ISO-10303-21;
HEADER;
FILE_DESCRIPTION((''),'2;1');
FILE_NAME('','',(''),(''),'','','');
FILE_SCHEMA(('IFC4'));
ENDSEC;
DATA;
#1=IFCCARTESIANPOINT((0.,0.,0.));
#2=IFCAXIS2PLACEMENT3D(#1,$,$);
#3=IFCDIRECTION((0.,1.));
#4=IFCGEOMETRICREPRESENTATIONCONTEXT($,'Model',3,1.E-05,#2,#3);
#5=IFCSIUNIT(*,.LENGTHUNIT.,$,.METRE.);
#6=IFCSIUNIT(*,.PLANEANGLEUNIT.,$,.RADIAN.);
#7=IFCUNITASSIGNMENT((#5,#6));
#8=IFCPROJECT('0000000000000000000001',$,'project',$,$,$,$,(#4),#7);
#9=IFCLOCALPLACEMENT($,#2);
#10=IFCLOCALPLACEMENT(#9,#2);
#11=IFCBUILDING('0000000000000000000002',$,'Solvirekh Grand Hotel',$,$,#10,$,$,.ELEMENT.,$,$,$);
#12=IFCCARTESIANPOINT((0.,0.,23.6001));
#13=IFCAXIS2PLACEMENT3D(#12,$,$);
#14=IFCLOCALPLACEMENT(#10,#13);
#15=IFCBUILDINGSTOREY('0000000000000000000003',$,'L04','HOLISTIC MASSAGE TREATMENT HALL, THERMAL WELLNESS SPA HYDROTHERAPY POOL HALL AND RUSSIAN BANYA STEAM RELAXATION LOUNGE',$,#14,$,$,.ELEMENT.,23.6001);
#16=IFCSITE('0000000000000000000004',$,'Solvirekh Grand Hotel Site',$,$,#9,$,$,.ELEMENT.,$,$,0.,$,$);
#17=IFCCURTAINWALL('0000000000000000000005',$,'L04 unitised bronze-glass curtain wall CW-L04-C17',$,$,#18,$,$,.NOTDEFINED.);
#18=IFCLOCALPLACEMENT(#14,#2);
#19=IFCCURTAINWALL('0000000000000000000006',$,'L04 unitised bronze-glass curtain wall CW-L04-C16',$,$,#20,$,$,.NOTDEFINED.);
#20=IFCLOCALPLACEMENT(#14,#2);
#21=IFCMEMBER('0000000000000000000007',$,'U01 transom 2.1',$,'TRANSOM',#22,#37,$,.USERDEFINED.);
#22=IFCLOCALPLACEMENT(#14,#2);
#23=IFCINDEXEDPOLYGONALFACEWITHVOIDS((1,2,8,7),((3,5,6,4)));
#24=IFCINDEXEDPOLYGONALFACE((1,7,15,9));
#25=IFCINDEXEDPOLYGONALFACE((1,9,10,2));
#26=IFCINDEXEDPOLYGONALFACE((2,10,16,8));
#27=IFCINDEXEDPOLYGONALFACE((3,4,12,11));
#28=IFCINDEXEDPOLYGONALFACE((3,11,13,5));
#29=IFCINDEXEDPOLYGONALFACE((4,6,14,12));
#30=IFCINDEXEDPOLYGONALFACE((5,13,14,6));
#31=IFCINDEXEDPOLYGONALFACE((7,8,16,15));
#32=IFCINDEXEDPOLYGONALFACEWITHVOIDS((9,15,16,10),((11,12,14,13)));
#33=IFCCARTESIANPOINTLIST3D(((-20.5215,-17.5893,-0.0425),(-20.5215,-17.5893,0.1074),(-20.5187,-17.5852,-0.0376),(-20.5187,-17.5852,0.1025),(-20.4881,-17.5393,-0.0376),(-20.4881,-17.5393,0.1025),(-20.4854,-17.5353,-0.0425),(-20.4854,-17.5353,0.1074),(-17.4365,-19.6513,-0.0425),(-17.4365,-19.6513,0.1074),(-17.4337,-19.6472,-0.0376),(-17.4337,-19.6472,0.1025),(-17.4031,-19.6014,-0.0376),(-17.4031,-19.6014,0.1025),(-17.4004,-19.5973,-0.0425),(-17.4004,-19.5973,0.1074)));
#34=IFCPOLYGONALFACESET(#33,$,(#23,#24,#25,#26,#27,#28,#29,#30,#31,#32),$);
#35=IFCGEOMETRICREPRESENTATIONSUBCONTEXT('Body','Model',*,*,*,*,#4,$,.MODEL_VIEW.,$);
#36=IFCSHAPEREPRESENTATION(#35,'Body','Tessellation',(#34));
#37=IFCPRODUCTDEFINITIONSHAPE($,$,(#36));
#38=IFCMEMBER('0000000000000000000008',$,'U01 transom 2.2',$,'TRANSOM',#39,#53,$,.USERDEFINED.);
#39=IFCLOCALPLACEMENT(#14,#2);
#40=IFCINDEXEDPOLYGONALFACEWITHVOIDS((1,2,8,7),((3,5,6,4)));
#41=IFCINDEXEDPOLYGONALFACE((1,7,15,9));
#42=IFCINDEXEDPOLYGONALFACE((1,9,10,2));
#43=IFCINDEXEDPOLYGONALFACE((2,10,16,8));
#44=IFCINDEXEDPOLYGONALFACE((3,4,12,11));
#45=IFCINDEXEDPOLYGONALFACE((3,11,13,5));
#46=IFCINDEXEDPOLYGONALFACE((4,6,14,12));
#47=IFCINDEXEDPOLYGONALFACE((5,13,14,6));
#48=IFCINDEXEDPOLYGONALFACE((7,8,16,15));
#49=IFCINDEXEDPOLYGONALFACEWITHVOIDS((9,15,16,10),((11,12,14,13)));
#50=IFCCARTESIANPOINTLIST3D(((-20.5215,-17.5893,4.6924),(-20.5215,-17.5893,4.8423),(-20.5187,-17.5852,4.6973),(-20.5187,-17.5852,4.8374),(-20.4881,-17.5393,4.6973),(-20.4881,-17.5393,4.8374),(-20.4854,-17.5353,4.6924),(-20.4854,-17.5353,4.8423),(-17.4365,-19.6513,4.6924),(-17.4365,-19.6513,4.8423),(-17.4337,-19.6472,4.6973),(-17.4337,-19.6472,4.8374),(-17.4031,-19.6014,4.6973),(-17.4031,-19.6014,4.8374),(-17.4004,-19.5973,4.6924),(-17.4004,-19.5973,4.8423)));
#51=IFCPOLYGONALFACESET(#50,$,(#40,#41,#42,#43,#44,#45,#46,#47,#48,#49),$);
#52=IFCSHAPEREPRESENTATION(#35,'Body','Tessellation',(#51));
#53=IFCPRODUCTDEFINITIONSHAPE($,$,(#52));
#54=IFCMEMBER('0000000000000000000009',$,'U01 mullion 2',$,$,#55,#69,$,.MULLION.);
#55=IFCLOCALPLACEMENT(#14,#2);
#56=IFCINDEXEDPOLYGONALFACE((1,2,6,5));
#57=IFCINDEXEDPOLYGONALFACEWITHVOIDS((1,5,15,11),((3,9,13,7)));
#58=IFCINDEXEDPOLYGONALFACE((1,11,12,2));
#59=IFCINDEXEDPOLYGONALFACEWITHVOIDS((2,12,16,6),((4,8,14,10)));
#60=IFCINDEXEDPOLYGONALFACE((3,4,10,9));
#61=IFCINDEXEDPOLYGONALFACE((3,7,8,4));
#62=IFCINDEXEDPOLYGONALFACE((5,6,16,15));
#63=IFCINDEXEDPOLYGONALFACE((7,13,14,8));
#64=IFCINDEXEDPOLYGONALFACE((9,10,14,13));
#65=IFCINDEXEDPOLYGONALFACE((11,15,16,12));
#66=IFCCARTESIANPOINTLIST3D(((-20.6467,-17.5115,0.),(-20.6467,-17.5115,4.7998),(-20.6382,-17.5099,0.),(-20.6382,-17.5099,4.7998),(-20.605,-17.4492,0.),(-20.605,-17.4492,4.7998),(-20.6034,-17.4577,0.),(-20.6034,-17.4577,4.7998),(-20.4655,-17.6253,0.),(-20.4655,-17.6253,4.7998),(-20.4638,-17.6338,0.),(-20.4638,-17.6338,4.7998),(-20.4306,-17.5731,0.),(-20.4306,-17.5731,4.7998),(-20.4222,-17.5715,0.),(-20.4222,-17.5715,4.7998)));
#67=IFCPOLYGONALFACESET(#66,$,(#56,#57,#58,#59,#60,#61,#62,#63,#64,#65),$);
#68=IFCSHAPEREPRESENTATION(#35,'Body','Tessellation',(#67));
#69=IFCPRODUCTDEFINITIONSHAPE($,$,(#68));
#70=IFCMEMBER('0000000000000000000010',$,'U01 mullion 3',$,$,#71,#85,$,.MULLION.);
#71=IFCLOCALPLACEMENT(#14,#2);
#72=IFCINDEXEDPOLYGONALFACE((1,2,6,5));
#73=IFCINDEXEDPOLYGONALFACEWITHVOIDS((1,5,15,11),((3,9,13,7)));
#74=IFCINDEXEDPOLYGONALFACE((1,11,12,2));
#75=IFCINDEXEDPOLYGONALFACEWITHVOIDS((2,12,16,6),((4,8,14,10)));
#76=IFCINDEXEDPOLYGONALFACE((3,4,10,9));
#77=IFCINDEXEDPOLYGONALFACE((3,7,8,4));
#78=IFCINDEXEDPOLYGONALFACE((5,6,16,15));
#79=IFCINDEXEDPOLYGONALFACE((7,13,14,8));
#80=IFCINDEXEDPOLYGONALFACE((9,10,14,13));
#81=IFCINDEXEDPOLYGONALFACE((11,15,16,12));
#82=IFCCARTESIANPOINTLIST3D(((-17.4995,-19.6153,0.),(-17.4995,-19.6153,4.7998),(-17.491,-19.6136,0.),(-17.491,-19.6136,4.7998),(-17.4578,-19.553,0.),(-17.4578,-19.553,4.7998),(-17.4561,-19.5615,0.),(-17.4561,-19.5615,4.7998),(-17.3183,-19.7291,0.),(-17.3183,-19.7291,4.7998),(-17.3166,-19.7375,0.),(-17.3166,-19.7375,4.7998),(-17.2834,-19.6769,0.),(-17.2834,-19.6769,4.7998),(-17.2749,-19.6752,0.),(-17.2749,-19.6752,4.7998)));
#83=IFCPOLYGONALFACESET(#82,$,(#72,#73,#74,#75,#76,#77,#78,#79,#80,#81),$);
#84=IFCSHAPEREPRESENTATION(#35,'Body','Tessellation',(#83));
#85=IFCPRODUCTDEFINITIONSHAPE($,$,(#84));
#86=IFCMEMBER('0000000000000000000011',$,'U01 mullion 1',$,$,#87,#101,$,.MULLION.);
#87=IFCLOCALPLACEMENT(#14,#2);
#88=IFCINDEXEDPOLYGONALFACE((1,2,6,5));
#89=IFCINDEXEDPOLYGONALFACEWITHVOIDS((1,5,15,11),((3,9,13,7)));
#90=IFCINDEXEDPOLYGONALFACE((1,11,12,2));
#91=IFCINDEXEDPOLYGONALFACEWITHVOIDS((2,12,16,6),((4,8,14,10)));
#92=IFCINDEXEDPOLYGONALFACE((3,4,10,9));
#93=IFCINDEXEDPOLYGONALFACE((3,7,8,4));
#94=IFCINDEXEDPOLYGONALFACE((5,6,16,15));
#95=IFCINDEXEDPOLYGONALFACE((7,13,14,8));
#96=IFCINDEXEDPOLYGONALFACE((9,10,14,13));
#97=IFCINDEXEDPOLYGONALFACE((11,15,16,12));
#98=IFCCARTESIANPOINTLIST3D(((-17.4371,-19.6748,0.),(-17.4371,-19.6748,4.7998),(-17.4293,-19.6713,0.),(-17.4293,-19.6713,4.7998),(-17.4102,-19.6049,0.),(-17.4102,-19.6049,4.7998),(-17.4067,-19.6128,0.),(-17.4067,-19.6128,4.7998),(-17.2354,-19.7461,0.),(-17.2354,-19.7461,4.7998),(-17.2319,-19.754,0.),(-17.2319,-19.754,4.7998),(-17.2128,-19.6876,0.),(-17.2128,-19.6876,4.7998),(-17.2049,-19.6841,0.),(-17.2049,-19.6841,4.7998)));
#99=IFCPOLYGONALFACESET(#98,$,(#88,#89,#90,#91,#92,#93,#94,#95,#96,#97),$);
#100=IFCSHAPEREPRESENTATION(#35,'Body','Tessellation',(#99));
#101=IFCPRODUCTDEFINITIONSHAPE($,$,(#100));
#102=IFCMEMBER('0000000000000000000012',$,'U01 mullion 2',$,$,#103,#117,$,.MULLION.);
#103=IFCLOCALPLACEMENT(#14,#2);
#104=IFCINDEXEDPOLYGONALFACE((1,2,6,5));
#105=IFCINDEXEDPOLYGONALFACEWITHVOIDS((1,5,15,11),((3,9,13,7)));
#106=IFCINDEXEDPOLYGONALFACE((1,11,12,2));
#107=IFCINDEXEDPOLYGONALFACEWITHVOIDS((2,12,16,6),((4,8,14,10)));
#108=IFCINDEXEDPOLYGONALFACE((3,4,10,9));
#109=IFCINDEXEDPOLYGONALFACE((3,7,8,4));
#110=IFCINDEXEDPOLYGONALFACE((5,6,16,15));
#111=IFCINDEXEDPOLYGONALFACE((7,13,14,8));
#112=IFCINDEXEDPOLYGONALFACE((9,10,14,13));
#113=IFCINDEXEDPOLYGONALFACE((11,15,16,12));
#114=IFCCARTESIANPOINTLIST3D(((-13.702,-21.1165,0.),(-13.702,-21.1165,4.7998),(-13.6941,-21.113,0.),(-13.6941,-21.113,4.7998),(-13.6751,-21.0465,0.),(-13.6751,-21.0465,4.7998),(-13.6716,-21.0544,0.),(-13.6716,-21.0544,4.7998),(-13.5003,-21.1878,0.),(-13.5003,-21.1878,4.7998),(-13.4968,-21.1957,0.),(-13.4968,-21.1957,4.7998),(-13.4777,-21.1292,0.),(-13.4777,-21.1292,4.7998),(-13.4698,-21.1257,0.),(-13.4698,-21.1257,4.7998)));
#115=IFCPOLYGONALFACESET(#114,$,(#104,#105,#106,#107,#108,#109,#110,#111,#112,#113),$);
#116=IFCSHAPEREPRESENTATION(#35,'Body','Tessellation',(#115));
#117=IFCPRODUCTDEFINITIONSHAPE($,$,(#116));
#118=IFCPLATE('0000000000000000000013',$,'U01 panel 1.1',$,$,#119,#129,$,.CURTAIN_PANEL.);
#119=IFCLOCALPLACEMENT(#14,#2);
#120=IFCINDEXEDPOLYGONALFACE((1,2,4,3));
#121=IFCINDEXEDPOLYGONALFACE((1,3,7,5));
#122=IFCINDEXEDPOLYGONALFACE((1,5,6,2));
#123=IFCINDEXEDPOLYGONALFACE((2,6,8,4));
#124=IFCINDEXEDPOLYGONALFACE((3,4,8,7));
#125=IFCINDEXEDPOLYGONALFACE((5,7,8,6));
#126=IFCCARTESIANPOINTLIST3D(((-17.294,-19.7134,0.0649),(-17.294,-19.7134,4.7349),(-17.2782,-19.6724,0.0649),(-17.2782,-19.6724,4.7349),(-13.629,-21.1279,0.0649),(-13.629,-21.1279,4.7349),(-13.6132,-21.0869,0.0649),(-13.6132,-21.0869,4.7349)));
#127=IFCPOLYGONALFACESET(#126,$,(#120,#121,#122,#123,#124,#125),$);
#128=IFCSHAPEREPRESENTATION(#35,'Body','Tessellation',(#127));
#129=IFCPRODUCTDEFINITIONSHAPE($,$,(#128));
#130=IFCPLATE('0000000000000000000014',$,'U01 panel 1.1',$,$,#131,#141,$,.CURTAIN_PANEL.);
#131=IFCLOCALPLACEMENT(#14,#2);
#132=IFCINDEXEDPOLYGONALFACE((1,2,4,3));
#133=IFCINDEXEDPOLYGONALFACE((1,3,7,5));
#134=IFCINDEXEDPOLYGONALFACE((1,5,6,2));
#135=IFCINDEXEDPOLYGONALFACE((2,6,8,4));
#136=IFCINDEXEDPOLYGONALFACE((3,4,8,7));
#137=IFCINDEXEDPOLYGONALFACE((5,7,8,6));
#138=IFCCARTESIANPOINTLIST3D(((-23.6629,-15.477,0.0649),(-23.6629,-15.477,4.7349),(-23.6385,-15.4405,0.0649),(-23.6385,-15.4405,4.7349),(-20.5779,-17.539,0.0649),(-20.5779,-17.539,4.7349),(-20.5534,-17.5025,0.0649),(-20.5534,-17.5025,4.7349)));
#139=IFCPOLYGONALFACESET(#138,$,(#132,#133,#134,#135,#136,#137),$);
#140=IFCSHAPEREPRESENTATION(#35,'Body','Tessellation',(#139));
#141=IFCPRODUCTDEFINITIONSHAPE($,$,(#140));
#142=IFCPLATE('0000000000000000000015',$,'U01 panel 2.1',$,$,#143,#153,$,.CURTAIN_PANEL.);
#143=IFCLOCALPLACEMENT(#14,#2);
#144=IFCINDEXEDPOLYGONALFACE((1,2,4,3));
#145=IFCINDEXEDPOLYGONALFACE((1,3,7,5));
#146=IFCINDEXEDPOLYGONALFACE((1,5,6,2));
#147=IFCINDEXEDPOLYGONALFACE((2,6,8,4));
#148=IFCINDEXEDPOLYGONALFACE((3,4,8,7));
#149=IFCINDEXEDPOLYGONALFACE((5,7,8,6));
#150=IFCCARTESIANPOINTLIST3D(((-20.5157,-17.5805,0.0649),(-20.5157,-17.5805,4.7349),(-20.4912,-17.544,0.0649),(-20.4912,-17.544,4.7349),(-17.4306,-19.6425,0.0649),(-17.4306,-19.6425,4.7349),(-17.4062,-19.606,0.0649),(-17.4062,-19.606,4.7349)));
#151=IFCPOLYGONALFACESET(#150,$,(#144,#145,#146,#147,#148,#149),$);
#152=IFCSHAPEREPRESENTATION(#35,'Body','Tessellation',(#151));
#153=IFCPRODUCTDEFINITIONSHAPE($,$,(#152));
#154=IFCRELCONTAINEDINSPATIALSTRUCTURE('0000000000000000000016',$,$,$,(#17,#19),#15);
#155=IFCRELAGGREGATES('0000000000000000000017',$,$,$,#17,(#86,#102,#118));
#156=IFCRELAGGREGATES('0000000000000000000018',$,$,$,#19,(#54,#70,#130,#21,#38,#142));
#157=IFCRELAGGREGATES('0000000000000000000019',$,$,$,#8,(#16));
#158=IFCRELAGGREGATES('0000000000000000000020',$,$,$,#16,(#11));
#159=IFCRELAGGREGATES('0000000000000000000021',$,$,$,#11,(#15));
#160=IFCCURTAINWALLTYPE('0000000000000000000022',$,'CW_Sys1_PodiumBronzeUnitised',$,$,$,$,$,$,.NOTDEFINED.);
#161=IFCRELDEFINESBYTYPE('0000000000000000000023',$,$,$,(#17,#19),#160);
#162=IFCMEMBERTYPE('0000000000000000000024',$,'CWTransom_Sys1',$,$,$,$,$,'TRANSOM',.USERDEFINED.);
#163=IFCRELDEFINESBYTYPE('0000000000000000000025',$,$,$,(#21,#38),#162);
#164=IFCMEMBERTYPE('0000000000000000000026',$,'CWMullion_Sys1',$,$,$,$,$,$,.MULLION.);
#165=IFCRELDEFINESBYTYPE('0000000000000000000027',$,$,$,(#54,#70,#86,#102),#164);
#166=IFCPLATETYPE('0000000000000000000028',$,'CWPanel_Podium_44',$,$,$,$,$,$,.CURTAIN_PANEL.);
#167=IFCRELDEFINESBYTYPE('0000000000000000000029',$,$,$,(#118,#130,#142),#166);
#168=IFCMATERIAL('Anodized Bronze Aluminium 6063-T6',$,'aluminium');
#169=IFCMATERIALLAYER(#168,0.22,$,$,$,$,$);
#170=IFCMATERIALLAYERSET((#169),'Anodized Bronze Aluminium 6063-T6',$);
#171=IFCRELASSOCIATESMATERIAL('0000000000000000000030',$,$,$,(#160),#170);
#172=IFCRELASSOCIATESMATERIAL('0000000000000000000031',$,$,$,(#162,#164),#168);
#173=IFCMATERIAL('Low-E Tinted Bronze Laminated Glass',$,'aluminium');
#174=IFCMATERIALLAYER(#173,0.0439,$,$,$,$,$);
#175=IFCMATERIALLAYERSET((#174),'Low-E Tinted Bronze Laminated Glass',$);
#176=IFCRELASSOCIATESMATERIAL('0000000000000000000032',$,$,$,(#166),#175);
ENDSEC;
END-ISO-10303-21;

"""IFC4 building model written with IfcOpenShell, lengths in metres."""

from ifc_helpers import new_model, si_unit, direction, frame, origin, origin_2d, place, context, subcontext, project, spatial, rectangle, hollow_rectangle, extrude, source, transform, mapped, material, layer, layer_set, material_profile, profile_set, type_object, element, aggregate, save


model = new_model("IFC4")

# Units and contexts
model_context = context("Model", 3, precision=1e-05, world=origin(), true_north=direction((0.0, 1.0)))
body_context = subcontext(model_context, "Body", "Model", "MODEL_VIEW")
ifc_project = project(units=[si_unit("LENGTHUNIT", "METRE"), si_unit("PLANEANGLEUNIT", "RADIAN")], contexts=[model_context])

# Site, building, storey
site_placement = place(None, origin())
site = spatial("IfcSite", under=ifc_project, at=site_placement, Name="Solvirekh Grand Hotel Site", CompositionType="ELEMENT", RefElevation=0.0)
building_placement = place(site_placement, origin())
building = spatial("IfcBuilding", under=site, at=building_placement, Name="Solvirekh Grand Hotel", CompositionType="ELEMENT")
storey_placement = place(building_placement, frame((0.0, 0.0, 23.6001)))
storey = spatial("IfcBuildingStorey", under=building, at=storey_placement, Name="L04", Description="HOLISTIC MASSAGE TREATMENT HALL, THERMAL WELLNESS SPA HYDROTHERAPY POOL HALL AND RUSSIAN BANYA STEAM RELAXATION LOUNGE", CompositionType="ELEMENT", Elevation=23.6001)

# Curtain walls, members
ifc_material_1 = material(Name="Anodized Bronze Aluminium 6063-T6", Category="aluminium")
ifc_layer_1 = layer(ifc_material_1, 0.22)
ifc_layer_set_1 = layer_set([ifc_layer_1], Name="Anodized Bronze Aluminium 6063-T6")
curtain_wall_type = type_object("IfcCurtainWallType", Name="CW_Sys1_PodiumBronzeUnitised", PredefinedType="NOTDEFINED", material=ifc_layer_set_1)
curtain_wall_1_placement = place(storey_placement, origin())
curtain_wall_1 = element("IfcCurtainWall", 1, at=curtain_wall_1_placement, inside=storey, type_object=curtain_wall_type, Name="L04 unitised bronze-glass curtain wall CW-L04-C17", PredefinedType="NOTDEFINED")
ifc_material_profile_1 = material_profile(ifc_material_1, hollow_rectangle(XDim=0.0649, YDim=0.1499, WallThickness=0.0049, at=origin_2d()), Name="ALU RHS 150X65X5")
ifc_profile_set_1 = profile_set([ifc_material_profile_1], Name="Anodized Bronze Aluminium 6063-T6")
member_type_1 = type_object("IfcMemberType", Name="CWTransom_Sys1", ElementType="TRANSOM", PredefinedType="USERDEFINED", material=ifc_profile_set_1)
curtain_wall_2_placement = place(storey_placement, origin())
curtain_wall_2 = element("IfcCurtainWall", 2, at=curtain_wall_2_placement, inside=storey, type_object=curtain_wall_type, Name="L04 unitised bronze-glass curtain wall CW-L04-C16", PredefinedType="NOTDEFINED")
shared_shape_1 = source(origin(), body_context, "Body", "SweptSolid", [
    extrude(hollow_rectangle(XDim=0.0649, YDim=0.1499, WallThickness=0.0049, at=origin_2d()), origin(), (0.0, 0.0, 1.0), 3.7107),
])
member_1_placement = place(storey_placement, frame((-20.5034, -17.5623, 0.0325), z_axis=(0.831382, -0.555702, 0.0), x_axis=(0.555702, 0.831382, 0.0)))
member_1 = element("IfcMember", 3, at=member_1_placement, type_object=member_type_1, Name="U01 transom 2.1", ObjectType="TRANSOM", PredefinedType="USERDEFINED", context=body_context, shape_type="MappedRepresentation", body=[
    mapped(shared_shape_1, transform((0.0, 0.0, 0.0), x_axis=(1.0, 0.0, 0.0), y_axis=(0.0, 1.0, 0.0), z_axis=(0.0, 0.0, 1.0), scale=1.0)),
])
member_2_placement = place(storey_placement, frame((-20.5034, -17.5623, 4.7673), z_axis=(0.831382, -0.555702, 0.0), x_axis=(0.555702, 0.831382, 0.0)))
member_2 = element("IfcMember", 4, at=member_2_placement, type_object=member_type_1, Name="U01 transom 2.2", ObjectType="TRANSOM", PredefinedType="USERDEFINED", context=body_context, shape_type="MappedRepresentation", body=[
    mapped(shared_shape_1, transform((0.0, 0.0, 0.0), x_axis=(1.0, 0.0, 0.0), y_axis=(0.0, 1.0, 0.0), z_axis=(0.0, 0.0, 1.0), scale=1.0)),
])
ifc_material_profile_2 = material_profile(ifc_material_1, hollow_rectangle(XDim=0.075, YDim=0.22, WallThickness=0.0061, at=origin_2d()), Name="ALU RHS 220X75X6")
ifc_profile_set_2 = profile_set([ifc_material_profile_2], Name="Anodized Bronze Aluminium 6063-T6")
member_type_2 = type_object("IfcMemberType", Name="CWMullion_Sys1", PredefinedType="MULLION", material=ifc_profile_set_2)
shared_shape_2 = source(origin(), body_context, "Body", "SweptSolid", [
    extrude(hollow_rectangle(XDim=0.075, YDim=0.22, WallThickness=0.0061, at=origin_2d()), origin(), (0.0, 0.0, 1.0), 4.7998),
])
member_3_placement = place(storey_placement, frame((-20.5344, -17.5415, 0.0), z_axis=(0.0, 0.0, 1.0), x_axis=(0.555696, 0.831386, 0.0)))
member_3 = element("IfcMember", 5, at=member_3_placement, type_object=member_type_2, Name="U01 mullion 2", PredefinedType="MULLION", context=body_context, shape_type="MappedRepresentation", body=[
    mapped(shared_shape_2, transform((0.0, 0.0, 0.0), x_axis=(1.0, 0.0, 0.0), y_axis=(0.0, 1.0, 0.0), z_axis=(0.0, 0.0, 1.0), scale=1.0)),
])
member_4_placement = place(storey_placement, frame((-17.3872, -19.6453, 0.0), z_axis=(0.0, 0.0, 1.0), x_axis=(0.555696, 0.831386, 0.0)))
member_4 = element("IfcMember", 6, at=member_4_placement, type_object=member_type_2, Name="U01 mullion 3", PredefinedType="MULLION", context=body_context, shape_type="MappedRepresentation", body=[
    mapped(shared_shape_2, transform((0.0, 0.0, 0.0), x_axis=(1.0, 0.0, 0.0), y_axis=(0.0, 1.0, 0.0), z_axis=(0.0, 0.0, 1.0), scale=1.0)),
])

# Members
member_5_placement = place(storey_placement, frame((-17.321, -19.6794, 0.0), z_axis=(0.0, 0.0, 1.0), x_axis=(0.360057, 0.93293, 0.0)))
member_5 = element("IfcMember", 7, at=member_5_placement, type_object=member_type_2, Name="U01 mullion 1", PredefinedType="MULLION", context=body_context, shape_type="MappedRepresentation", body=[
    mapped(shared_shape_2, transform((0.0, 0.0, 0.0), x_axis=(1.0, 0.0, 0.0), y_axis=(0.0, 1.0, 0.0), z_axis=(0.0, 0.0, 1.0), scale=1.0)),
])
member_6_placement = place(storey_placement, frame((-13.5859, -21.1211, 0.0), z_axis=(0.0, 0.0, 1.0), x_axis=(0.360057, 0.93293, 0.0)))
member_6 = element("IfcMember", 8, at=member_6_placement, type_object=member_type_2, Name="U01 mullion 2", PredefinedType="MULLION", context=body_context, shape_type="MappedRepresentation", body=[
    mapped(shared_shape_2, transform((0.0, 0.0, 0.0), x_axis=(1.0, 0.0, 0.0), y_axis=(0.0, 1.0, 0.0), z_axis=(0.0, 0.0, 1.0), scale=1.0)),
])

# Plates
ifc_material_2 = material(Name="Low-E Tinted Bronze Laminated Glass", Category="aluminium")
ifc_layer_2 = layer(ifc_material_2, 0.0439)
ifc_layer_set_2 = layer_set([ifc_layer_2], Name="Low-E Tinted Bronze Laminated Glass")
plate_type = type_object("IfcPlateType", Name="CWPanel_Podium_44", PredefinedType="CURTAIN_PANEL", material=ifc_layer_set_2)
shared_shape_3 = source(origin(), body_context, "Body", "SweptSolid", [
    extrude(rectangle(XDim=3.9285, YDim=0.0439, at=origin_2d()), origin(), (0.0, 0.0, 1.0), 4.6699),
])
plate_1_placement = place(storey_placement, frame((-15.4536, -20.4001, 0.0649), z_axis=(0.0, 0.0, 1.0), x_axis=(0.93293, -0.360057, 0.0)))
plate_1 = element("IfcPlate", 9, at=plate_1_placement, type_object=plate_type, Name="U01 panel 1.1", PredefinedType="CURTAIN_PANEL", context=body_context, shape_type="MappedRepresentation", body=[
    mapped(shared_shape_3, transform((0.0, 0.0, 0.0), x_axis=(1.0, 0.0, 0.0), y_axis=(0.0, 1.0, 0.0), z_axis=(0.0, 0.0, 1.0), scale=1.0)),
])
aggregate(curtain_wall_1, [member_5, member_6, plate_1])
shared_shape_4 = source(origin(), body_context, "Body", "SweptSolid", [
    extrude(rectangle(XDim=3.7107, YDim=0.0439, at=origin_2d()), origin(), (0.0, 0.0, 1.0), 4.6699),
])
plate_2_placement = place(storey_placement, frame((-22.1082, -16.4897, 0.0649), z_axis=(0.0, 0.0, 1.0), x_axis=(0.831386, -0.555696, 0.0)))
plate_2 = element("IfcPlate", 10, at=plate_2_placement, type_object=plate_type, Name="U01 panel 1.1", PredefinedType="CURTAIN_PANEL", context=body_context, shape_type="MappedRepresentation", body=[
    mapped(shared_shape_4, transform((0.0, 0.0, 0.0), x_axis=(1.0, 0.0, 0.0), y_axis=(0.0, 1.0, 0.0), z_axis=(0.0, 0.0, 1.0), scale=1.0)),
])
plate_3_placement = place(storey_placement, frame((-18.9609, -18.5933, 0.0649), z_axis=(0.0, 0.0, 1.0), x_axis=(0.831386, -0.555696, 0.0)))
plate_3 = element("IfcPlate", 11, at=plate_3_placement, type_object=plate_type, Name="U01 panel 2.1", PredefinedType="CURTAIN_PANEL", context=body_context, shape_type="MappedRepresentation", body=[
    mapped(shared_shape_4, transform((0.0, 0.0, 0.0), x_axis=(1.0, 0.0, 0.0), y_axis=(0.0, 1.0, 0.0), z_axis=(0.0, 0.0, 1.0), scale=1.0)),
])
aggregate(curtain_wall_2, [member_3, member_4, plate_2, member_1, member_2, plate_3])

save(model, "model.ifc")
